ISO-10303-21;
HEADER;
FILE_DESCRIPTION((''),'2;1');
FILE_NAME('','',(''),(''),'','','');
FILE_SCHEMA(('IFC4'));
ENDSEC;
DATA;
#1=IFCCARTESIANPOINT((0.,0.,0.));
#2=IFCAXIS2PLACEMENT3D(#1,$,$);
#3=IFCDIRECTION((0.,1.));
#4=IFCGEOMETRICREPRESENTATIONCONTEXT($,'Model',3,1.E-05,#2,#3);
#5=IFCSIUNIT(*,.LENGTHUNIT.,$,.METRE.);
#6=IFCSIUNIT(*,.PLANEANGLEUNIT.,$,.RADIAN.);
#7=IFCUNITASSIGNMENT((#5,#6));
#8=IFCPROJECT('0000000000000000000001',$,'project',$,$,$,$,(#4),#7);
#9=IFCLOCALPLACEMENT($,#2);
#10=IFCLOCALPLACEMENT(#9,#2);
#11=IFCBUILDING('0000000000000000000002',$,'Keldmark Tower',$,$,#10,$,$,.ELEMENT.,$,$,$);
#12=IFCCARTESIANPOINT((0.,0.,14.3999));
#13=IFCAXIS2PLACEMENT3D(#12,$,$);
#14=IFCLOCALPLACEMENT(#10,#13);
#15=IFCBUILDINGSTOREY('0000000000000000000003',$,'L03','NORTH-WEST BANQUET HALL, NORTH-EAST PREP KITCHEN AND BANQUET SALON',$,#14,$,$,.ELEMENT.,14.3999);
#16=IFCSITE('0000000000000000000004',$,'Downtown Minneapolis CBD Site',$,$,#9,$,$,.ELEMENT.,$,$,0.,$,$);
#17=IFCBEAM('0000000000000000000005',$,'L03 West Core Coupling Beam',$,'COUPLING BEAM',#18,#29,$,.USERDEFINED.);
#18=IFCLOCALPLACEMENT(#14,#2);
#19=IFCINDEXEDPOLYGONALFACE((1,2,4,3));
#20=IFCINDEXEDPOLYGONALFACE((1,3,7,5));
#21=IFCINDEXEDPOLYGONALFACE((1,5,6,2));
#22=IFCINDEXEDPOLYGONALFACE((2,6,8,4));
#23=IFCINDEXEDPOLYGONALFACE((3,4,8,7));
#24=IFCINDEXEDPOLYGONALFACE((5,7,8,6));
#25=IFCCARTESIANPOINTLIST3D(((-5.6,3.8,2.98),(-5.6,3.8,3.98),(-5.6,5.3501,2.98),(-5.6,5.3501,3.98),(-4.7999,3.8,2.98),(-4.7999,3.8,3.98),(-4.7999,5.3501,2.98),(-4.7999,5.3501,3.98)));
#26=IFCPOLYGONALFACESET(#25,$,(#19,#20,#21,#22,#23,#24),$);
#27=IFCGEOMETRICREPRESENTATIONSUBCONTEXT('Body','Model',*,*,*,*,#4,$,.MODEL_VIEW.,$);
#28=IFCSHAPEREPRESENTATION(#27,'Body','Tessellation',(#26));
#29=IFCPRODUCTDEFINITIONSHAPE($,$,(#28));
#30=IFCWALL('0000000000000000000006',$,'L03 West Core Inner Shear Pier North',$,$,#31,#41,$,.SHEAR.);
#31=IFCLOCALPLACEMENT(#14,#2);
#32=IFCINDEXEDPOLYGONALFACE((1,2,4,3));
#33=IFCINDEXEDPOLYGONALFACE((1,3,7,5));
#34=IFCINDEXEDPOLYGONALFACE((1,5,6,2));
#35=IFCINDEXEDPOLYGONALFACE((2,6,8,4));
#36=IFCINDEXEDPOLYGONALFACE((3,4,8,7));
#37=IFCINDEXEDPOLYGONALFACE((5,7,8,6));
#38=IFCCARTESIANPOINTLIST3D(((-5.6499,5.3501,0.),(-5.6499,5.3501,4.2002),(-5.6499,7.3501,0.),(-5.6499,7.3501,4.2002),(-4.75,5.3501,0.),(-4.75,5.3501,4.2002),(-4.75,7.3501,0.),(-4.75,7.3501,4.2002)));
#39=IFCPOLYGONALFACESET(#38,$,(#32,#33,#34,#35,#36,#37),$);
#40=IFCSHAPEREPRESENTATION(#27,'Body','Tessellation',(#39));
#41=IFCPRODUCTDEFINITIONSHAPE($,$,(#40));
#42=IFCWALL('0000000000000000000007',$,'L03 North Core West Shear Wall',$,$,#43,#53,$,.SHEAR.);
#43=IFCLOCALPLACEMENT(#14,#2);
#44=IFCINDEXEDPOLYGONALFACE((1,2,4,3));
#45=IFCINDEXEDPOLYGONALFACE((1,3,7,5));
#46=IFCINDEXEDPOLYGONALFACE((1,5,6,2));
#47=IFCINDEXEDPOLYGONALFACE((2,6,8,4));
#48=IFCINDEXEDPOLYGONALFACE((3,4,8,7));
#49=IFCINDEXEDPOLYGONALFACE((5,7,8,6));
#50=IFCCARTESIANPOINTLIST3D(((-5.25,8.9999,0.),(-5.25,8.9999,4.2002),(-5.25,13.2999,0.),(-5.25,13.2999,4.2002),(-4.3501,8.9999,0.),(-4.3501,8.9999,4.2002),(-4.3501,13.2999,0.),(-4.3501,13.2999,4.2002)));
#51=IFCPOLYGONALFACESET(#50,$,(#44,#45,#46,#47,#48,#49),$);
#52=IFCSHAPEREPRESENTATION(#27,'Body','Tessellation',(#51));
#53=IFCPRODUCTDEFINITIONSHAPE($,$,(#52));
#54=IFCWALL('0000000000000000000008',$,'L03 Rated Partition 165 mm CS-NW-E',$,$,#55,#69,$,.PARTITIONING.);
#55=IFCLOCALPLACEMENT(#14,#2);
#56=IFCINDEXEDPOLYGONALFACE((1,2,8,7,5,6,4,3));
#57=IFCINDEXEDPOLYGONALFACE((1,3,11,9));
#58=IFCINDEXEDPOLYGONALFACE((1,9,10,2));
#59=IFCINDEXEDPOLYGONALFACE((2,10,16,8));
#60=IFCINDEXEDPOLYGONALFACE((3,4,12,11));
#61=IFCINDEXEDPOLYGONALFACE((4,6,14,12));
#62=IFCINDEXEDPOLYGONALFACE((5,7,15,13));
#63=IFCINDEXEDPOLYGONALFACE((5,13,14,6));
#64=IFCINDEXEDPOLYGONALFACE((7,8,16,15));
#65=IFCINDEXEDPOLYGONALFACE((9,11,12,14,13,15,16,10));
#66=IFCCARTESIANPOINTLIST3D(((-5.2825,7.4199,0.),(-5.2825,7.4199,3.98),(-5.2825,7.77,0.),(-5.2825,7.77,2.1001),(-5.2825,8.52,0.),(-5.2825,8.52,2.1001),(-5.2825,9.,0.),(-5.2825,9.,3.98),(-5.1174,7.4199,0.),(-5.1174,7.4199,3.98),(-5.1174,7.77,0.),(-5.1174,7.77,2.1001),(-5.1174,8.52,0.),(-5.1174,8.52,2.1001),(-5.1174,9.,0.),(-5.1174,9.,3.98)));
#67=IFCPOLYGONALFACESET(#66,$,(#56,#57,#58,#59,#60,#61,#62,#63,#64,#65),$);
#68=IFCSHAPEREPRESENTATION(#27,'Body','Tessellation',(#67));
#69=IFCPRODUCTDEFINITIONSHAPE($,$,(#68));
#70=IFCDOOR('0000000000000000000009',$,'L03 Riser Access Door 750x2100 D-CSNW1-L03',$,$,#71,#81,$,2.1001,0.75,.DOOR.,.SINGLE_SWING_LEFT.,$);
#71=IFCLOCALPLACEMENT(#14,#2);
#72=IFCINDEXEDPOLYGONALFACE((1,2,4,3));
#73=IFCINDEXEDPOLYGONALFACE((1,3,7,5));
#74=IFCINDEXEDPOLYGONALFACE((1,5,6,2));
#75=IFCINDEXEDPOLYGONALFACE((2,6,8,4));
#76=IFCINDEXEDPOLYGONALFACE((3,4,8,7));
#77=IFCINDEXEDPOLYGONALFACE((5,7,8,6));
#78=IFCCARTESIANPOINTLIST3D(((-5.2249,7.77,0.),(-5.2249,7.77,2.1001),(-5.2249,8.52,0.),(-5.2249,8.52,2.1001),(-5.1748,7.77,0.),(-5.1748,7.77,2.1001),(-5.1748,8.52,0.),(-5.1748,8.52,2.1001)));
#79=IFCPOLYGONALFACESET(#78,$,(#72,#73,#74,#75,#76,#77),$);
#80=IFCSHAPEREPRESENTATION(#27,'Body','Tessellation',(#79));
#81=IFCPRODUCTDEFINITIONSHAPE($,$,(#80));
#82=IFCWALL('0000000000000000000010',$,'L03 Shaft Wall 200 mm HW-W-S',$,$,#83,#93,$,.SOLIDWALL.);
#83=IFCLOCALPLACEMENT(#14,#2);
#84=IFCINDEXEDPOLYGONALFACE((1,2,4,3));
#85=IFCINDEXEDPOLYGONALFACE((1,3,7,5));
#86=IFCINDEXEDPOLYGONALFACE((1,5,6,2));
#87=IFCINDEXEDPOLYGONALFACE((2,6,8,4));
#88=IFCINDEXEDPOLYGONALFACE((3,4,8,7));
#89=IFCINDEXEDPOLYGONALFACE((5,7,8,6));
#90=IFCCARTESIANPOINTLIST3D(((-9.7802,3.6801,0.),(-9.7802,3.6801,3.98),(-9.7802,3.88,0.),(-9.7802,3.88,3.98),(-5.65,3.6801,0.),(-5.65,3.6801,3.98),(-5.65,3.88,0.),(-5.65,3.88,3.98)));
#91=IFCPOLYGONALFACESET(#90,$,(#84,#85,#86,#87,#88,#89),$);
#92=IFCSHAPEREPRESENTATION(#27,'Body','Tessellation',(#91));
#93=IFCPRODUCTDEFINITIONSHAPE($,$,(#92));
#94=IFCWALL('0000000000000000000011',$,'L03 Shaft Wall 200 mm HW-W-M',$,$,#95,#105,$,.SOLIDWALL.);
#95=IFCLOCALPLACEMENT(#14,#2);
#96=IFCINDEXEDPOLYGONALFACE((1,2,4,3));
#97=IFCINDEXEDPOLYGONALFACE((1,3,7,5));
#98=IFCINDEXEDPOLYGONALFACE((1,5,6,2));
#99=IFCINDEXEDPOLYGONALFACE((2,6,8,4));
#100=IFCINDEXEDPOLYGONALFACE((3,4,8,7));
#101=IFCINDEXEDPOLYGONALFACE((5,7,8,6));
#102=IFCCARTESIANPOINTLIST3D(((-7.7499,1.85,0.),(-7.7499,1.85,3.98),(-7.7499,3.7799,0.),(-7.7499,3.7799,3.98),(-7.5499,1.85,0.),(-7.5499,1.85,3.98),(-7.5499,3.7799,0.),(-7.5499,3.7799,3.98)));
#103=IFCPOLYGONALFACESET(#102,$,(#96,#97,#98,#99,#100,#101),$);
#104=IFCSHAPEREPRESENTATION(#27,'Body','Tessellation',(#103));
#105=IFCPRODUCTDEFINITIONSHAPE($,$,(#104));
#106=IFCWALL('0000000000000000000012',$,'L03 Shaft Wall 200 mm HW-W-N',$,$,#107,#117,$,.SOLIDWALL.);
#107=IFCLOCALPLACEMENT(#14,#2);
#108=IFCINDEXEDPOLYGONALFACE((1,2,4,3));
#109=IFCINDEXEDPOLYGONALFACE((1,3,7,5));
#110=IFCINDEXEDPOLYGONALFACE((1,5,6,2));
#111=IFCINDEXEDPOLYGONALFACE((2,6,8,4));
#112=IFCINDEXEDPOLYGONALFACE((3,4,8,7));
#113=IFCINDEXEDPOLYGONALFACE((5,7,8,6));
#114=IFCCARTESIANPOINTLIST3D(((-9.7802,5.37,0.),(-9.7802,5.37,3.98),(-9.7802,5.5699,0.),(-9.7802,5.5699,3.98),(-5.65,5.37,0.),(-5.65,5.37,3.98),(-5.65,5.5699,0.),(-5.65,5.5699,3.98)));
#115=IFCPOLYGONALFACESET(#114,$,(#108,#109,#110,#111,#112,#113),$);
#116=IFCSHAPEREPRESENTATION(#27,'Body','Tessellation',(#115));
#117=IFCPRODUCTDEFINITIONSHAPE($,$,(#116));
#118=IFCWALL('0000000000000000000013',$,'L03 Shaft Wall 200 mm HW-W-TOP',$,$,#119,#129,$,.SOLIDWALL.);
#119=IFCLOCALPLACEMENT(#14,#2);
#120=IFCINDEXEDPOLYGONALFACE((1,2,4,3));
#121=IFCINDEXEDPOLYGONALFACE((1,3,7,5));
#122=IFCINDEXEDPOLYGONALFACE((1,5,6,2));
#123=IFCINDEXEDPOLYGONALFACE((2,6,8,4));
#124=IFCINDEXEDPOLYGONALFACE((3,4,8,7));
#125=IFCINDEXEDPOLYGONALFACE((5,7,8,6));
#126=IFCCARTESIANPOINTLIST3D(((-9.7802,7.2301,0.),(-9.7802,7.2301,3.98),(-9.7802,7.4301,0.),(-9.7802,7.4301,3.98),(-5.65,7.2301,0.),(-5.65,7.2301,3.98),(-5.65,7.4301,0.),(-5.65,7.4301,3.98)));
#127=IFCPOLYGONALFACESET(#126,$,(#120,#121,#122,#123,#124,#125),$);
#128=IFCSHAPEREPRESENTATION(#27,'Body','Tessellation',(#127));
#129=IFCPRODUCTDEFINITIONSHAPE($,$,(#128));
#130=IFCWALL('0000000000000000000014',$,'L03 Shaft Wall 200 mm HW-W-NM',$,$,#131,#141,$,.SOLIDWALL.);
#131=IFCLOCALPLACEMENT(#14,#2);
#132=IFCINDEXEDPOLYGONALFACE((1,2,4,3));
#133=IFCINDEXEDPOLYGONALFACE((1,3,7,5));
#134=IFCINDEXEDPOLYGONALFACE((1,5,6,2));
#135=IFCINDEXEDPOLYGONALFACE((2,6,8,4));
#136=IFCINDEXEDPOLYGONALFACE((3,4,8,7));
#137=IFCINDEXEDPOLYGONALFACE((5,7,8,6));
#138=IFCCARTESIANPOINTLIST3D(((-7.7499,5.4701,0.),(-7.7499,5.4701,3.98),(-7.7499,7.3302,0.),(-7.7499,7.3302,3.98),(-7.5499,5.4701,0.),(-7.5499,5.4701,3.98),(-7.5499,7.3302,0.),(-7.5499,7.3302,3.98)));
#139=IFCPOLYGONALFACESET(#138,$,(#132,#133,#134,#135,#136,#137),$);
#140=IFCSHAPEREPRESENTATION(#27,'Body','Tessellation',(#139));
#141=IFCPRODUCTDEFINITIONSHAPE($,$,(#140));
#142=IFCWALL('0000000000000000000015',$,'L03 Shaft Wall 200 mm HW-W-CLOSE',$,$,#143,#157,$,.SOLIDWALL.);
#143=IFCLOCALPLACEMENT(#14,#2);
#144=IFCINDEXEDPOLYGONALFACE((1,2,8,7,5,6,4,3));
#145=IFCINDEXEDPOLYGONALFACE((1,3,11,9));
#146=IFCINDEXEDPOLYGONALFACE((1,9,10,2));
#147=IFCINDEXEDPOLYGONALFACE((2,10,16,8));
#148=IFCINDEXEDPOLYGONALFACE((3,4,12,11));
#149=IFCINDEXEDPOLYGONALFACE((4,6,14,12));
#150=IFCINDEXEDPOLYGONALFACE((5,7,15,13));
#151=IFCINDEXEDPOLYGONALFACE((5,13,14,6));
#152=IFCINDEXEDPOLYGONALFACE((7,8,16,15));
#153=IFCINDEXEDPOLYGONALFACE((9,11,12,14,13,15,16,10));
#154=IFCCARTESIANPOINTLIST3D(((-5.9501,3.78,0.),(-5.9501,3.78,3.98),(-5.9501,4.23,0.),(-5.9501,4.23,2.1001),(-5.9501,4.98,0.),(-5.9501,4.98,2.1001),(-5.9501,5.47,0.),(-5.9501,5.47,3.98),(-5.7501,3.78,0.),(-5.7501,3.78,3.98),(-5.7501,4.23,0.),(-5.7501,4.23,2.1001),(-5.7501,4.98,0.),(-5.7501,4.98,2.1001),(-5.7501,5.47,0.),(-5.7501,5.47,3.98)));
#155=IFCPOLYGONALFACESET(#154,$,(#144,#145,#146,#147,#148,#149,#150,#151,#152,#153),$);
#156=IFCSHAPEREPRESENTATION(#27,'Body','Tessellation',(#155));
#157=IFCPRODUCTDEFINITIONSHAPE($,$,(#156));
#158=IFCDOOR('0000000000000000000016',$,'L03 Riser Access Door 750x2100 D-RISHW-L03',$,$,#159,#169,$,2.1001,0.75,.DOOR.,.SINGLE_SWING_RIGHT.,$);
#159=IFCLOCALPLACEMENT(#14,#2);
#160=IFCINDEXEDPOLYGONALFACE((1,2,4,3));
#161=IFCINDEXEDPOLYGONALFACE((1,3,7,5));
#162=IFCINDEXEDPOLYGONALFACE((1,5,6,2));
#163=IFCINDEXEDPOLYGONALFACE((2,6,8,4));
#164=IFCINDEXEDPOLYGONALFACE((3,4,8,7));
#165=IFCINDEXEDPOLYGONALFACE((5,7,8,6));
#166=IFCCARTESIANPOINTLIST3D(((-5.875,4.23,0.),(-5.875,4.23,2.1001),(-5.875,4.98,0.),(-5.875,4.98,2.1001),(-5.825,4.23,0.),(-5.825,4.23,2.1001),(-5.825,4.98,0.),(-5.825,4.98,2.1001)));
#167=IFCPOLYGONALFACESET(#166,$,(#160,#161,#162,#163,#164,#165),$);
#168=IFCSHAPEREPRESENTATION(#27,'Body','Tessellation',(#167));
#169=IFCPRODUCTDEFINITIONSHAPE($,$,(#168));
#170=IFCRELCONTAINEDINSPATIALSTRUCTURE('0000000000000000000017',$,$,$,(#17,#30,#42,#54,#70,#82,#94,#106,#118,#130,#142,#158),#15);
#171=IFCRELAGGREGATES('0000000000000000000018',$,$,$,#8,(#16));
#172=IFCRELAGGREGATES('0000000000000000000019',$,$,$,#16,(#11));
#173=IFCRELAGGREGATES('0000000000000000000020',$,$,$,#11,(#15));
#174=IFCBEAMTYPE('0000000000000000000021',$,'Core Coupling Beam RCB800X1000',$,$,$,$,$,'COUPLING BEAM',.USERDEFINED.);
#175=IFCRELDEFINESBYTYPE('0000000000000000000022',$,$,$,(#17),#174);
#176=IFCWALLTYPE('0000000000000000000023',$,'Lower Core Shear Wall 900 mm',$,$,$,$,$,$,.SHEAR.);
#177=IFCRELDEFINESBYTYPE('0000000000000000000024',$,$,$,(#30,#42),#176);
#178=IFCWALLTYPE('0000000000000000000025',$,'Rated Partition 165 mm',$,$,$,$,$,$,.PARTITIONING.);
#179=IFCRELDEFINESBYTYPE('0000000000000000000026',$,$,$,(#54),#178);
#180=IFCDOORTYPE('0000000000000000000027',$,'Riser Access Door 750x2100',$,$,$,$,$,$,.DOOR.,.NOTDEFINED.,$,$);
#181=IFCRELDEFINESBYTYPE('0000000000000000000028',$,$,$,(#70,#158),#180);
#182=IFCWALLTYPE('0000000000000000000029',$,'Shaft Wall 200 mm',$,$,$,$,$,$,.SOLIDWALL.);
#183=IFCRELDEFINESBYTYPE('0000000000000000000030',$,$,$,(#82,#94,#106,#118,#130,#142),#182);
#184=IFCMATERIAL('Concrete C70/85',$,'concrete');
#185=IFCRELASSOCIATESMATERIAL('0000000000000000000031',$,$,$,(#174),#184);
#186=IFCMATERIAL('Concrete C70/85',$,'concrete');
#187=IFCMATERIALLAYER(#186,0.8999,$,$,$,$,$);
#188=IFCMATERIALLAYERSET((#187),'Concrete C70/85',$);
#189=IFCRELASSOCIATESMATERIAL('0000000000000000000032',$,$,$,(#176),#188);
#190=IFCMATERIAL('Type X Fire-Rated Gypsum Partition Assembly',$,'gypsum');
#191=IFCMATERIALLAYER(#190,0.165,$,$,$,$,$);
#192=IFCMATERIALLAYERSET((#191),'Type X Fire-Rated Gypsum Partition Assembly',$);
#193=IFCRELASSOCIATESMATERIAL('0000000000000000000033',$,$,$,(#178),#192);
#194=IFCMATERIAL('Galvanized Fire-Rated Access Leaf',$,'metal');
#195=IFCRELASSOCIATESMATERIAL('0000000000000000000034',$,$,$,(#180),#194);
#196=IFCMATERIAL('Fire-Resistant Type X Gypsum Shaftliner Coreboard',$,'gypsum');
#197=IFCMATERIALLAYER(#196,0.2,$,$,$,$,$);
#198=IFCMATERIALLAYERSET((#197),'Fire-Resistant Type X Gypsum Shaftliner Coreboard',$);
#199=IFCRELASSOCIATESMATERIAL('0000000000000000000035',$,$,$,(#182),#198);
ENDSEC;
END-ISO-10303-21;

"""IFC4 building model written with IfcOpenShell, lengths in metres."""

from ifc_helpers import new_model, si_unit, direction, frame, frame_2d, origin, origin_2d, place, context, subcontext, project, spatial, rectangle, extrude, material, layer, layer_set, material_profile, profile_set, type_object, element, fill, save


model = new_model("IFC4")

# Units and contexts
model_context = context("Model", 3, precision=1e-05, world=origin(), true_north=direction((0.0, 1.0)))
body_context = subcontext(model_context, "Body", "Model", "MODEL_VIEW")
ifc_project = project(units=[si_unit("LENGTHUNIT", "METRE"), si_unit("PLANEANGLEUNIT", "RADIAN")], contexts=[model_context])

# Site, building, storey
site_placement = place(None, origin())
site = spatial("IfcSite", under=ifc_project, at=site_placement, Name="Downtown Minneapolis CBD Site", CompositionType="ELEMENT", RefElevation=0.0)
building_placement = place(site_placement, origin())
building = spatial("IfcBuilding", under=site, at=building_placement, Name="Keldmark Tower", CompositionType="ELEMENT")
storey_placement = place(building_placement, frame((0.0, 0.0, 14.3999)))
storey = spatial("IfcBuildingStorey", under=building, at=storey_placement, Name="L03", Description="NORTH-WEST BANQUET HALL, NORTH-EAST PREP KITCHEN AND BANQUET SALON", CompositionType="ELEMENT", Elevation=14.3999)

# Beam
ifc_material_1 = material(Name="Concrete C70/85", Category="concrete")
ifc_material_profile = material_profile(ifc_material_1, rectangle(XDim=0.8, YDim=1.0, at=origin_2d()), Name="RCB800X1000")
ifc_profile_set = profile_set([ifc_material_profile], Name="Concrete C70/85")
beam_type = type_object("IfcBeamType", Name="Core Coupling Beam RCB800X1000", ElementType="COUPLING BEAM", PredefinedType="USERDEFINED", material=ifc_profile_set)
beam_placement = place(storey_placement, frame((-5.2, 3.8, 3.48), z_axis=(0.0, 1.0, 0.0), x_axis=(-1.0, 0.0, 0.0)))
element("IfcBeam", 1, at=beam_placement, inside=storey, type_object=beam_type, Name="L03 West Core Coupling Beam", ObjectType="COUPLING BEAM", PredefinedType="USERDEFINED", context=body_context, shape_type="SweptSolid", body=[
    extrude(rectangle(XDim=0.8, YDim=1.0, at=origin_2d()), origin(), (0.0, 0.0, 1.0), 1.55),
])

# Walls
ifc_material_2 = material(Name="Concrete C70/85", Category="concrete")
ifc_layer_1 = layer(ifc_material_2, 0.8999)
ifc_layer_set_1 = layer_set([ifc_layer_1], Name="Concrete C70/85")
wall_type_1 = type_object("IfcWallType", Name="Lower Core Shear Wall 900 mm", PredefinedType="SHEAR", material=ifc_layer_set_1)
wall_1_placement = place(storey_placement, frame((-5.2, 5.3501, 0.0), z_axis=(0.0, 0.0, 1.0), x_axis=(0.0, 1.0, 0.0)))
element("IfcWall", 2, at=wall_1_placement, inside=storey, type_object=wall_type_1, Name="L03 West Core Inner Shear Pier North", PredefinedType="SHEAR", context=body_context, shape_type="SweptSolid", body=[
    extrude(rectangle(XDim=2.0, YDim=0.8999, at=frame_2d((1.0, 0.0))), origin(), (0.0, 0.0, 1.0), 4.2002),
])
wall_2_placement = place(storey_placement, frame((-4.8, 9.0, 0.0), z_axis=(0.0, 0.0, 1.0), x_axis=(0.0, 1.0, 0.0)))
element("IfcWall", 3, at=wall_2_placement, inside=storey, type_object=wall_type_1, Name="L03 North Core West Shear Wall", PredefinedType="SHEAR", context=body_context, shape_type="SweptSolid", body=[
    extrude(rectangle(XDim=4.3, YDim=0.8999, at=frame_2d((2.1499, 0.0))), origin(), (0.0, 0.0, 1.0), 4.2002),
])

# Wall, opening, door
ifc_material_3 = material(Name="Type X Fire-Rated Gypsum Partition Assembly", Category="gypsum")
ifc_layer_2 = layer(ifc_material_3, 0.165)
ifc_layer_set_2 = layer_set([ifc_layer_2], Name="Type X Fire-Rated Gypsum Partition Assembly")
wall_type_2 = type_object("IfcWallType", Name="Rated Partition 165 mm", PredefinedType="PARTITIONING", material=ifc_layer_set_2)
wall_3_placement = place(storey_placement, frame((-5.2, 7.4199, 0.0), z_axis=(0.0, 0.0, 1.0), x_axis=(0.0, 1.0, 0.0)))
wall_3 = element("IfcWall", 4, at=wall_3_placement, inside=storey, type_object=wall_type_2, Name="L03 Rated Partition 165 mm CS-NW-E", PredefinedType="PARTITIONING", context=body_context, shape_type="SweptSolid", body=[
    extrude(rectangle(XDim=1.5801, YDim=0.165, at=frame_2d((0.79, 0.0))), origin(), (0.0, 0.0, 1.0), 3.98),
])
opening_1_placement = place(wall_3_placement, frame((0.3501, 0.0, 0.0)))
opening_1 = element("IfcOpeningElement", 5, at=opening_1_placement, cuts=wall_3, PredefinedType="OPENING", context=body_context, shape_type="SweptSolid", body=[
    extrude(rectangle(XDim=0.75, YDim=2.1001, at=frame_2d((0.375, 1.05))), frame((0.0, 0.0925, 0.0), z_axis=(0.0, -1.0, 0.0), x_axis=(1.0, 0.0, 0.0)), (0.0, 0.0, 1.0), 0.1851),
])
ifc_material_4 = material(Name="Galvanized Fire-Rated Access Leaf", Category="metal")
door_type_1 = type_object("IfcDoorType", Name="Riser Access Door 750x2100", OperationType="NOTDEFINED", PredefinedType="DOOR", material=ifc_material_4)
door_1_placement = place(opening_1_placement, origin())
door_1 = element("IfcDoor", 6, at=door_1_placement, inside=storey, type_object=door_type_1, Name="L03 Riser Access Door 750x2100 D-CSNW1-L03", OperationType="SINGLE_SWING_LEFT", OverallHeight=2.1001, OverallWidth=0.75, PredefinedType="DOOR", context=body_context, shape_type="SweptSolid", body=[
    extrude(rectangle(XDim=0.75, YDim=2.1001, at=frame_2d((0.375, 1.05))), frame((0.0, 0.0249, 0.0), z_axis=(0.0, -1.0, 0.0), x_axis=(1.0, 0.0, 0.0)), (0.0, 0.0, 1.0), 0.05),
])
fill(opening_1, door_1)

# Walls
ifc_material_5 = material(Name="Fire-Resistant Type X Gypsum Shaftliner Coreboard", Category="gypsum")
ifc_layer_3 = layer(ifc_material_5, 0.2)
ifc_layer_set_3 = layer_set([ifc_layer_3], Name="Fire-Resistant Type X Gypsum Shaftliner Coreboard")
wall_type_3 = type_object("IfcWallType", Name="Shaft Wall 200 mm", PredefinedType="SOLIDWALL", material=ifc_layer_set_3)
wall_4_placement = place(storey_placement, frame((-9.78, 3.78, 0.0), z_axis=(0.0, 0.0, 1.0), x_axis=(1.0, 0.0, 0.0)))
element("IfcWall", 7, at=wall_4_placement, inside=storey, type_object=wall_type_3, Name="L03 Shaft Wall 200 mm HW-W-S", PredefinedType="SOLIDWALL", context=body_context, shape_type="SweptSolid", body=[
    extrude(rectangle(XDim=4.1301, YDim=0.2, at=frame_2d((2.0649, 0.0))), origin(), (0.0, 0.0, 1.0), 3.98),
])
wall_5_placement = place(storey_placement, frame((-7.6499, 1.8501, 0.0), z_axis=(0.0, 0.0, 1.0), x_axis=(0.0, 1.0, 0.0)))
element("IfcWall", 8, at=wall_5_placement, inside=storey, type_object=wall_type_3, Name="L03 Shaft Wall 200 mm HW-W-M", PredefinedType="SOLIDWALL", context=body_context, shape_type="SweptSolid", body=[
    extrude(rectangle(XDim=1.9299, YDim=0.2, at=frame_2d((0.9648, 0.0))), origin(), (0.0, 0.0, 1.0), 3.98),
])
for number, where, z_axis, x_axis, name in (
    (9, (-9.78, 5.47, 0.0), (0.0, 0.0, 1.0), (1.0, 0.0, 0.0), "L03 Shaft Wall 200 mm HW-W-N"),
    (10, (-9.78, 7.3301, 0.0), (0.0, 0.0, 1.0), (1.0, 0.0, 0.0), "L03 Shaft Wall 200 mm HW-W-TOP"),
):
    element("IfcWall", number, at=place(storey_placement, frame(where, z_axis=z_axis, x_axis=x_axis)), inside=storey, type_object=wall_type_3, Name=name, PredefinedType="SOLIDWALL", context=body_context, shape_type="SweptSolid", body=[
        extrude(rectangle(XDim=4.1301, YDim=0.2, at=frame_2d((2.0649, 0.0))), origin(), (0.0, 0.0, 1.0), 3.98),
    ])
wall_6_placement = place(storey_placement, frame((-7.6499, 5.47, 0.0), z_axis=(0.0, 0.0, 1.0), x_axis=(0.0, 1.0, 0.0)))
element("IfcWall", 11, at=wall_6_placement, inside=storey, type_object=wall_type_3, Name="L03 Shaft Wall 200 mm HW-W-NM", PredefinedType="SOLIDWALL", context=body_context, shape_type="SweptSolid", body=[
    extrude(rectangle(XDim=1.8601, YDim=0.2, at=frame_2d((0.9302, 0.0))), origin(), (0.0, 0.0, 1.0), 3.98),
])

# Wall, opening, door
wall_7_placement = place(storey_placement, frame((-5.8501, 3.78, 0.0), z_axis=(0.0, 0.0, 1.0), x_axis=(0.0, 1.0, 0.0)))
wall_7 = element("IfcWall", 12, at=wall_7_placement, inside=storey, type_object=wall_type_3, Name="L03 Shaft Wall 200 mm HW-W-CLOSE", PredefinedType="SOLIDWALL", context=body_context, shape_type="SweptSolid", body=[
    extrude(rectangle(XDim=1.6899, YDim=0.2, at=frame_2d((0.845, 0.0))), origin(), (0.0, 0.0, 1.0), 3.98),
])
opening_2_placement = place(wall_7_placement, frame((0.45, 0.0, 0.0)))
opening_2 = element("IfcOpeningElement", 13, at=opening_2_placement, cuts=wall_7, PredefinedType="OPENING", context=body_context, shape_type="SweptSolid", body=[
    extrude(rectangle(XDim=0.75, YDim=2.1001, at=frame_2d((0.375, 1.05))), frame((0.0, 0.1099, 0.0), z_axis=(0.0, -1.0, 0.0), x_axis=(1.0, 0.0, 0.0)), (0.0, 0.0, 1.0), 0.22),
])
door_2_placement = place(opening_2_placement, origin())
door_2 = element("IfcDoor", 14, at=door_2_placement, inside=storey, type_object=door_type_1, Name="L03 Riser Access Door 750x2100 D-RISHW-L03", OperationType="SINGLE_SWING_RIGHT", OverallHeight=2.1001, OverallWidth=0.75, PredefinedType="DOOR", context=body_context, shape_type="SweptSolid", body=[
    extrude(rectangle(XDim=0.75, YDim=2.1001, at=frame_2d((0.375, 1.05))), frame((0.0, 0.0249, 0.0), z_axis=(0.0, -1.0, 0.0), x_axis=(1.0, 0.0, 0.0)), (0.0, 0.0, 1.0), 0.05),
])
fill(opening_2, door_2)

save(model, "model.ifc")
